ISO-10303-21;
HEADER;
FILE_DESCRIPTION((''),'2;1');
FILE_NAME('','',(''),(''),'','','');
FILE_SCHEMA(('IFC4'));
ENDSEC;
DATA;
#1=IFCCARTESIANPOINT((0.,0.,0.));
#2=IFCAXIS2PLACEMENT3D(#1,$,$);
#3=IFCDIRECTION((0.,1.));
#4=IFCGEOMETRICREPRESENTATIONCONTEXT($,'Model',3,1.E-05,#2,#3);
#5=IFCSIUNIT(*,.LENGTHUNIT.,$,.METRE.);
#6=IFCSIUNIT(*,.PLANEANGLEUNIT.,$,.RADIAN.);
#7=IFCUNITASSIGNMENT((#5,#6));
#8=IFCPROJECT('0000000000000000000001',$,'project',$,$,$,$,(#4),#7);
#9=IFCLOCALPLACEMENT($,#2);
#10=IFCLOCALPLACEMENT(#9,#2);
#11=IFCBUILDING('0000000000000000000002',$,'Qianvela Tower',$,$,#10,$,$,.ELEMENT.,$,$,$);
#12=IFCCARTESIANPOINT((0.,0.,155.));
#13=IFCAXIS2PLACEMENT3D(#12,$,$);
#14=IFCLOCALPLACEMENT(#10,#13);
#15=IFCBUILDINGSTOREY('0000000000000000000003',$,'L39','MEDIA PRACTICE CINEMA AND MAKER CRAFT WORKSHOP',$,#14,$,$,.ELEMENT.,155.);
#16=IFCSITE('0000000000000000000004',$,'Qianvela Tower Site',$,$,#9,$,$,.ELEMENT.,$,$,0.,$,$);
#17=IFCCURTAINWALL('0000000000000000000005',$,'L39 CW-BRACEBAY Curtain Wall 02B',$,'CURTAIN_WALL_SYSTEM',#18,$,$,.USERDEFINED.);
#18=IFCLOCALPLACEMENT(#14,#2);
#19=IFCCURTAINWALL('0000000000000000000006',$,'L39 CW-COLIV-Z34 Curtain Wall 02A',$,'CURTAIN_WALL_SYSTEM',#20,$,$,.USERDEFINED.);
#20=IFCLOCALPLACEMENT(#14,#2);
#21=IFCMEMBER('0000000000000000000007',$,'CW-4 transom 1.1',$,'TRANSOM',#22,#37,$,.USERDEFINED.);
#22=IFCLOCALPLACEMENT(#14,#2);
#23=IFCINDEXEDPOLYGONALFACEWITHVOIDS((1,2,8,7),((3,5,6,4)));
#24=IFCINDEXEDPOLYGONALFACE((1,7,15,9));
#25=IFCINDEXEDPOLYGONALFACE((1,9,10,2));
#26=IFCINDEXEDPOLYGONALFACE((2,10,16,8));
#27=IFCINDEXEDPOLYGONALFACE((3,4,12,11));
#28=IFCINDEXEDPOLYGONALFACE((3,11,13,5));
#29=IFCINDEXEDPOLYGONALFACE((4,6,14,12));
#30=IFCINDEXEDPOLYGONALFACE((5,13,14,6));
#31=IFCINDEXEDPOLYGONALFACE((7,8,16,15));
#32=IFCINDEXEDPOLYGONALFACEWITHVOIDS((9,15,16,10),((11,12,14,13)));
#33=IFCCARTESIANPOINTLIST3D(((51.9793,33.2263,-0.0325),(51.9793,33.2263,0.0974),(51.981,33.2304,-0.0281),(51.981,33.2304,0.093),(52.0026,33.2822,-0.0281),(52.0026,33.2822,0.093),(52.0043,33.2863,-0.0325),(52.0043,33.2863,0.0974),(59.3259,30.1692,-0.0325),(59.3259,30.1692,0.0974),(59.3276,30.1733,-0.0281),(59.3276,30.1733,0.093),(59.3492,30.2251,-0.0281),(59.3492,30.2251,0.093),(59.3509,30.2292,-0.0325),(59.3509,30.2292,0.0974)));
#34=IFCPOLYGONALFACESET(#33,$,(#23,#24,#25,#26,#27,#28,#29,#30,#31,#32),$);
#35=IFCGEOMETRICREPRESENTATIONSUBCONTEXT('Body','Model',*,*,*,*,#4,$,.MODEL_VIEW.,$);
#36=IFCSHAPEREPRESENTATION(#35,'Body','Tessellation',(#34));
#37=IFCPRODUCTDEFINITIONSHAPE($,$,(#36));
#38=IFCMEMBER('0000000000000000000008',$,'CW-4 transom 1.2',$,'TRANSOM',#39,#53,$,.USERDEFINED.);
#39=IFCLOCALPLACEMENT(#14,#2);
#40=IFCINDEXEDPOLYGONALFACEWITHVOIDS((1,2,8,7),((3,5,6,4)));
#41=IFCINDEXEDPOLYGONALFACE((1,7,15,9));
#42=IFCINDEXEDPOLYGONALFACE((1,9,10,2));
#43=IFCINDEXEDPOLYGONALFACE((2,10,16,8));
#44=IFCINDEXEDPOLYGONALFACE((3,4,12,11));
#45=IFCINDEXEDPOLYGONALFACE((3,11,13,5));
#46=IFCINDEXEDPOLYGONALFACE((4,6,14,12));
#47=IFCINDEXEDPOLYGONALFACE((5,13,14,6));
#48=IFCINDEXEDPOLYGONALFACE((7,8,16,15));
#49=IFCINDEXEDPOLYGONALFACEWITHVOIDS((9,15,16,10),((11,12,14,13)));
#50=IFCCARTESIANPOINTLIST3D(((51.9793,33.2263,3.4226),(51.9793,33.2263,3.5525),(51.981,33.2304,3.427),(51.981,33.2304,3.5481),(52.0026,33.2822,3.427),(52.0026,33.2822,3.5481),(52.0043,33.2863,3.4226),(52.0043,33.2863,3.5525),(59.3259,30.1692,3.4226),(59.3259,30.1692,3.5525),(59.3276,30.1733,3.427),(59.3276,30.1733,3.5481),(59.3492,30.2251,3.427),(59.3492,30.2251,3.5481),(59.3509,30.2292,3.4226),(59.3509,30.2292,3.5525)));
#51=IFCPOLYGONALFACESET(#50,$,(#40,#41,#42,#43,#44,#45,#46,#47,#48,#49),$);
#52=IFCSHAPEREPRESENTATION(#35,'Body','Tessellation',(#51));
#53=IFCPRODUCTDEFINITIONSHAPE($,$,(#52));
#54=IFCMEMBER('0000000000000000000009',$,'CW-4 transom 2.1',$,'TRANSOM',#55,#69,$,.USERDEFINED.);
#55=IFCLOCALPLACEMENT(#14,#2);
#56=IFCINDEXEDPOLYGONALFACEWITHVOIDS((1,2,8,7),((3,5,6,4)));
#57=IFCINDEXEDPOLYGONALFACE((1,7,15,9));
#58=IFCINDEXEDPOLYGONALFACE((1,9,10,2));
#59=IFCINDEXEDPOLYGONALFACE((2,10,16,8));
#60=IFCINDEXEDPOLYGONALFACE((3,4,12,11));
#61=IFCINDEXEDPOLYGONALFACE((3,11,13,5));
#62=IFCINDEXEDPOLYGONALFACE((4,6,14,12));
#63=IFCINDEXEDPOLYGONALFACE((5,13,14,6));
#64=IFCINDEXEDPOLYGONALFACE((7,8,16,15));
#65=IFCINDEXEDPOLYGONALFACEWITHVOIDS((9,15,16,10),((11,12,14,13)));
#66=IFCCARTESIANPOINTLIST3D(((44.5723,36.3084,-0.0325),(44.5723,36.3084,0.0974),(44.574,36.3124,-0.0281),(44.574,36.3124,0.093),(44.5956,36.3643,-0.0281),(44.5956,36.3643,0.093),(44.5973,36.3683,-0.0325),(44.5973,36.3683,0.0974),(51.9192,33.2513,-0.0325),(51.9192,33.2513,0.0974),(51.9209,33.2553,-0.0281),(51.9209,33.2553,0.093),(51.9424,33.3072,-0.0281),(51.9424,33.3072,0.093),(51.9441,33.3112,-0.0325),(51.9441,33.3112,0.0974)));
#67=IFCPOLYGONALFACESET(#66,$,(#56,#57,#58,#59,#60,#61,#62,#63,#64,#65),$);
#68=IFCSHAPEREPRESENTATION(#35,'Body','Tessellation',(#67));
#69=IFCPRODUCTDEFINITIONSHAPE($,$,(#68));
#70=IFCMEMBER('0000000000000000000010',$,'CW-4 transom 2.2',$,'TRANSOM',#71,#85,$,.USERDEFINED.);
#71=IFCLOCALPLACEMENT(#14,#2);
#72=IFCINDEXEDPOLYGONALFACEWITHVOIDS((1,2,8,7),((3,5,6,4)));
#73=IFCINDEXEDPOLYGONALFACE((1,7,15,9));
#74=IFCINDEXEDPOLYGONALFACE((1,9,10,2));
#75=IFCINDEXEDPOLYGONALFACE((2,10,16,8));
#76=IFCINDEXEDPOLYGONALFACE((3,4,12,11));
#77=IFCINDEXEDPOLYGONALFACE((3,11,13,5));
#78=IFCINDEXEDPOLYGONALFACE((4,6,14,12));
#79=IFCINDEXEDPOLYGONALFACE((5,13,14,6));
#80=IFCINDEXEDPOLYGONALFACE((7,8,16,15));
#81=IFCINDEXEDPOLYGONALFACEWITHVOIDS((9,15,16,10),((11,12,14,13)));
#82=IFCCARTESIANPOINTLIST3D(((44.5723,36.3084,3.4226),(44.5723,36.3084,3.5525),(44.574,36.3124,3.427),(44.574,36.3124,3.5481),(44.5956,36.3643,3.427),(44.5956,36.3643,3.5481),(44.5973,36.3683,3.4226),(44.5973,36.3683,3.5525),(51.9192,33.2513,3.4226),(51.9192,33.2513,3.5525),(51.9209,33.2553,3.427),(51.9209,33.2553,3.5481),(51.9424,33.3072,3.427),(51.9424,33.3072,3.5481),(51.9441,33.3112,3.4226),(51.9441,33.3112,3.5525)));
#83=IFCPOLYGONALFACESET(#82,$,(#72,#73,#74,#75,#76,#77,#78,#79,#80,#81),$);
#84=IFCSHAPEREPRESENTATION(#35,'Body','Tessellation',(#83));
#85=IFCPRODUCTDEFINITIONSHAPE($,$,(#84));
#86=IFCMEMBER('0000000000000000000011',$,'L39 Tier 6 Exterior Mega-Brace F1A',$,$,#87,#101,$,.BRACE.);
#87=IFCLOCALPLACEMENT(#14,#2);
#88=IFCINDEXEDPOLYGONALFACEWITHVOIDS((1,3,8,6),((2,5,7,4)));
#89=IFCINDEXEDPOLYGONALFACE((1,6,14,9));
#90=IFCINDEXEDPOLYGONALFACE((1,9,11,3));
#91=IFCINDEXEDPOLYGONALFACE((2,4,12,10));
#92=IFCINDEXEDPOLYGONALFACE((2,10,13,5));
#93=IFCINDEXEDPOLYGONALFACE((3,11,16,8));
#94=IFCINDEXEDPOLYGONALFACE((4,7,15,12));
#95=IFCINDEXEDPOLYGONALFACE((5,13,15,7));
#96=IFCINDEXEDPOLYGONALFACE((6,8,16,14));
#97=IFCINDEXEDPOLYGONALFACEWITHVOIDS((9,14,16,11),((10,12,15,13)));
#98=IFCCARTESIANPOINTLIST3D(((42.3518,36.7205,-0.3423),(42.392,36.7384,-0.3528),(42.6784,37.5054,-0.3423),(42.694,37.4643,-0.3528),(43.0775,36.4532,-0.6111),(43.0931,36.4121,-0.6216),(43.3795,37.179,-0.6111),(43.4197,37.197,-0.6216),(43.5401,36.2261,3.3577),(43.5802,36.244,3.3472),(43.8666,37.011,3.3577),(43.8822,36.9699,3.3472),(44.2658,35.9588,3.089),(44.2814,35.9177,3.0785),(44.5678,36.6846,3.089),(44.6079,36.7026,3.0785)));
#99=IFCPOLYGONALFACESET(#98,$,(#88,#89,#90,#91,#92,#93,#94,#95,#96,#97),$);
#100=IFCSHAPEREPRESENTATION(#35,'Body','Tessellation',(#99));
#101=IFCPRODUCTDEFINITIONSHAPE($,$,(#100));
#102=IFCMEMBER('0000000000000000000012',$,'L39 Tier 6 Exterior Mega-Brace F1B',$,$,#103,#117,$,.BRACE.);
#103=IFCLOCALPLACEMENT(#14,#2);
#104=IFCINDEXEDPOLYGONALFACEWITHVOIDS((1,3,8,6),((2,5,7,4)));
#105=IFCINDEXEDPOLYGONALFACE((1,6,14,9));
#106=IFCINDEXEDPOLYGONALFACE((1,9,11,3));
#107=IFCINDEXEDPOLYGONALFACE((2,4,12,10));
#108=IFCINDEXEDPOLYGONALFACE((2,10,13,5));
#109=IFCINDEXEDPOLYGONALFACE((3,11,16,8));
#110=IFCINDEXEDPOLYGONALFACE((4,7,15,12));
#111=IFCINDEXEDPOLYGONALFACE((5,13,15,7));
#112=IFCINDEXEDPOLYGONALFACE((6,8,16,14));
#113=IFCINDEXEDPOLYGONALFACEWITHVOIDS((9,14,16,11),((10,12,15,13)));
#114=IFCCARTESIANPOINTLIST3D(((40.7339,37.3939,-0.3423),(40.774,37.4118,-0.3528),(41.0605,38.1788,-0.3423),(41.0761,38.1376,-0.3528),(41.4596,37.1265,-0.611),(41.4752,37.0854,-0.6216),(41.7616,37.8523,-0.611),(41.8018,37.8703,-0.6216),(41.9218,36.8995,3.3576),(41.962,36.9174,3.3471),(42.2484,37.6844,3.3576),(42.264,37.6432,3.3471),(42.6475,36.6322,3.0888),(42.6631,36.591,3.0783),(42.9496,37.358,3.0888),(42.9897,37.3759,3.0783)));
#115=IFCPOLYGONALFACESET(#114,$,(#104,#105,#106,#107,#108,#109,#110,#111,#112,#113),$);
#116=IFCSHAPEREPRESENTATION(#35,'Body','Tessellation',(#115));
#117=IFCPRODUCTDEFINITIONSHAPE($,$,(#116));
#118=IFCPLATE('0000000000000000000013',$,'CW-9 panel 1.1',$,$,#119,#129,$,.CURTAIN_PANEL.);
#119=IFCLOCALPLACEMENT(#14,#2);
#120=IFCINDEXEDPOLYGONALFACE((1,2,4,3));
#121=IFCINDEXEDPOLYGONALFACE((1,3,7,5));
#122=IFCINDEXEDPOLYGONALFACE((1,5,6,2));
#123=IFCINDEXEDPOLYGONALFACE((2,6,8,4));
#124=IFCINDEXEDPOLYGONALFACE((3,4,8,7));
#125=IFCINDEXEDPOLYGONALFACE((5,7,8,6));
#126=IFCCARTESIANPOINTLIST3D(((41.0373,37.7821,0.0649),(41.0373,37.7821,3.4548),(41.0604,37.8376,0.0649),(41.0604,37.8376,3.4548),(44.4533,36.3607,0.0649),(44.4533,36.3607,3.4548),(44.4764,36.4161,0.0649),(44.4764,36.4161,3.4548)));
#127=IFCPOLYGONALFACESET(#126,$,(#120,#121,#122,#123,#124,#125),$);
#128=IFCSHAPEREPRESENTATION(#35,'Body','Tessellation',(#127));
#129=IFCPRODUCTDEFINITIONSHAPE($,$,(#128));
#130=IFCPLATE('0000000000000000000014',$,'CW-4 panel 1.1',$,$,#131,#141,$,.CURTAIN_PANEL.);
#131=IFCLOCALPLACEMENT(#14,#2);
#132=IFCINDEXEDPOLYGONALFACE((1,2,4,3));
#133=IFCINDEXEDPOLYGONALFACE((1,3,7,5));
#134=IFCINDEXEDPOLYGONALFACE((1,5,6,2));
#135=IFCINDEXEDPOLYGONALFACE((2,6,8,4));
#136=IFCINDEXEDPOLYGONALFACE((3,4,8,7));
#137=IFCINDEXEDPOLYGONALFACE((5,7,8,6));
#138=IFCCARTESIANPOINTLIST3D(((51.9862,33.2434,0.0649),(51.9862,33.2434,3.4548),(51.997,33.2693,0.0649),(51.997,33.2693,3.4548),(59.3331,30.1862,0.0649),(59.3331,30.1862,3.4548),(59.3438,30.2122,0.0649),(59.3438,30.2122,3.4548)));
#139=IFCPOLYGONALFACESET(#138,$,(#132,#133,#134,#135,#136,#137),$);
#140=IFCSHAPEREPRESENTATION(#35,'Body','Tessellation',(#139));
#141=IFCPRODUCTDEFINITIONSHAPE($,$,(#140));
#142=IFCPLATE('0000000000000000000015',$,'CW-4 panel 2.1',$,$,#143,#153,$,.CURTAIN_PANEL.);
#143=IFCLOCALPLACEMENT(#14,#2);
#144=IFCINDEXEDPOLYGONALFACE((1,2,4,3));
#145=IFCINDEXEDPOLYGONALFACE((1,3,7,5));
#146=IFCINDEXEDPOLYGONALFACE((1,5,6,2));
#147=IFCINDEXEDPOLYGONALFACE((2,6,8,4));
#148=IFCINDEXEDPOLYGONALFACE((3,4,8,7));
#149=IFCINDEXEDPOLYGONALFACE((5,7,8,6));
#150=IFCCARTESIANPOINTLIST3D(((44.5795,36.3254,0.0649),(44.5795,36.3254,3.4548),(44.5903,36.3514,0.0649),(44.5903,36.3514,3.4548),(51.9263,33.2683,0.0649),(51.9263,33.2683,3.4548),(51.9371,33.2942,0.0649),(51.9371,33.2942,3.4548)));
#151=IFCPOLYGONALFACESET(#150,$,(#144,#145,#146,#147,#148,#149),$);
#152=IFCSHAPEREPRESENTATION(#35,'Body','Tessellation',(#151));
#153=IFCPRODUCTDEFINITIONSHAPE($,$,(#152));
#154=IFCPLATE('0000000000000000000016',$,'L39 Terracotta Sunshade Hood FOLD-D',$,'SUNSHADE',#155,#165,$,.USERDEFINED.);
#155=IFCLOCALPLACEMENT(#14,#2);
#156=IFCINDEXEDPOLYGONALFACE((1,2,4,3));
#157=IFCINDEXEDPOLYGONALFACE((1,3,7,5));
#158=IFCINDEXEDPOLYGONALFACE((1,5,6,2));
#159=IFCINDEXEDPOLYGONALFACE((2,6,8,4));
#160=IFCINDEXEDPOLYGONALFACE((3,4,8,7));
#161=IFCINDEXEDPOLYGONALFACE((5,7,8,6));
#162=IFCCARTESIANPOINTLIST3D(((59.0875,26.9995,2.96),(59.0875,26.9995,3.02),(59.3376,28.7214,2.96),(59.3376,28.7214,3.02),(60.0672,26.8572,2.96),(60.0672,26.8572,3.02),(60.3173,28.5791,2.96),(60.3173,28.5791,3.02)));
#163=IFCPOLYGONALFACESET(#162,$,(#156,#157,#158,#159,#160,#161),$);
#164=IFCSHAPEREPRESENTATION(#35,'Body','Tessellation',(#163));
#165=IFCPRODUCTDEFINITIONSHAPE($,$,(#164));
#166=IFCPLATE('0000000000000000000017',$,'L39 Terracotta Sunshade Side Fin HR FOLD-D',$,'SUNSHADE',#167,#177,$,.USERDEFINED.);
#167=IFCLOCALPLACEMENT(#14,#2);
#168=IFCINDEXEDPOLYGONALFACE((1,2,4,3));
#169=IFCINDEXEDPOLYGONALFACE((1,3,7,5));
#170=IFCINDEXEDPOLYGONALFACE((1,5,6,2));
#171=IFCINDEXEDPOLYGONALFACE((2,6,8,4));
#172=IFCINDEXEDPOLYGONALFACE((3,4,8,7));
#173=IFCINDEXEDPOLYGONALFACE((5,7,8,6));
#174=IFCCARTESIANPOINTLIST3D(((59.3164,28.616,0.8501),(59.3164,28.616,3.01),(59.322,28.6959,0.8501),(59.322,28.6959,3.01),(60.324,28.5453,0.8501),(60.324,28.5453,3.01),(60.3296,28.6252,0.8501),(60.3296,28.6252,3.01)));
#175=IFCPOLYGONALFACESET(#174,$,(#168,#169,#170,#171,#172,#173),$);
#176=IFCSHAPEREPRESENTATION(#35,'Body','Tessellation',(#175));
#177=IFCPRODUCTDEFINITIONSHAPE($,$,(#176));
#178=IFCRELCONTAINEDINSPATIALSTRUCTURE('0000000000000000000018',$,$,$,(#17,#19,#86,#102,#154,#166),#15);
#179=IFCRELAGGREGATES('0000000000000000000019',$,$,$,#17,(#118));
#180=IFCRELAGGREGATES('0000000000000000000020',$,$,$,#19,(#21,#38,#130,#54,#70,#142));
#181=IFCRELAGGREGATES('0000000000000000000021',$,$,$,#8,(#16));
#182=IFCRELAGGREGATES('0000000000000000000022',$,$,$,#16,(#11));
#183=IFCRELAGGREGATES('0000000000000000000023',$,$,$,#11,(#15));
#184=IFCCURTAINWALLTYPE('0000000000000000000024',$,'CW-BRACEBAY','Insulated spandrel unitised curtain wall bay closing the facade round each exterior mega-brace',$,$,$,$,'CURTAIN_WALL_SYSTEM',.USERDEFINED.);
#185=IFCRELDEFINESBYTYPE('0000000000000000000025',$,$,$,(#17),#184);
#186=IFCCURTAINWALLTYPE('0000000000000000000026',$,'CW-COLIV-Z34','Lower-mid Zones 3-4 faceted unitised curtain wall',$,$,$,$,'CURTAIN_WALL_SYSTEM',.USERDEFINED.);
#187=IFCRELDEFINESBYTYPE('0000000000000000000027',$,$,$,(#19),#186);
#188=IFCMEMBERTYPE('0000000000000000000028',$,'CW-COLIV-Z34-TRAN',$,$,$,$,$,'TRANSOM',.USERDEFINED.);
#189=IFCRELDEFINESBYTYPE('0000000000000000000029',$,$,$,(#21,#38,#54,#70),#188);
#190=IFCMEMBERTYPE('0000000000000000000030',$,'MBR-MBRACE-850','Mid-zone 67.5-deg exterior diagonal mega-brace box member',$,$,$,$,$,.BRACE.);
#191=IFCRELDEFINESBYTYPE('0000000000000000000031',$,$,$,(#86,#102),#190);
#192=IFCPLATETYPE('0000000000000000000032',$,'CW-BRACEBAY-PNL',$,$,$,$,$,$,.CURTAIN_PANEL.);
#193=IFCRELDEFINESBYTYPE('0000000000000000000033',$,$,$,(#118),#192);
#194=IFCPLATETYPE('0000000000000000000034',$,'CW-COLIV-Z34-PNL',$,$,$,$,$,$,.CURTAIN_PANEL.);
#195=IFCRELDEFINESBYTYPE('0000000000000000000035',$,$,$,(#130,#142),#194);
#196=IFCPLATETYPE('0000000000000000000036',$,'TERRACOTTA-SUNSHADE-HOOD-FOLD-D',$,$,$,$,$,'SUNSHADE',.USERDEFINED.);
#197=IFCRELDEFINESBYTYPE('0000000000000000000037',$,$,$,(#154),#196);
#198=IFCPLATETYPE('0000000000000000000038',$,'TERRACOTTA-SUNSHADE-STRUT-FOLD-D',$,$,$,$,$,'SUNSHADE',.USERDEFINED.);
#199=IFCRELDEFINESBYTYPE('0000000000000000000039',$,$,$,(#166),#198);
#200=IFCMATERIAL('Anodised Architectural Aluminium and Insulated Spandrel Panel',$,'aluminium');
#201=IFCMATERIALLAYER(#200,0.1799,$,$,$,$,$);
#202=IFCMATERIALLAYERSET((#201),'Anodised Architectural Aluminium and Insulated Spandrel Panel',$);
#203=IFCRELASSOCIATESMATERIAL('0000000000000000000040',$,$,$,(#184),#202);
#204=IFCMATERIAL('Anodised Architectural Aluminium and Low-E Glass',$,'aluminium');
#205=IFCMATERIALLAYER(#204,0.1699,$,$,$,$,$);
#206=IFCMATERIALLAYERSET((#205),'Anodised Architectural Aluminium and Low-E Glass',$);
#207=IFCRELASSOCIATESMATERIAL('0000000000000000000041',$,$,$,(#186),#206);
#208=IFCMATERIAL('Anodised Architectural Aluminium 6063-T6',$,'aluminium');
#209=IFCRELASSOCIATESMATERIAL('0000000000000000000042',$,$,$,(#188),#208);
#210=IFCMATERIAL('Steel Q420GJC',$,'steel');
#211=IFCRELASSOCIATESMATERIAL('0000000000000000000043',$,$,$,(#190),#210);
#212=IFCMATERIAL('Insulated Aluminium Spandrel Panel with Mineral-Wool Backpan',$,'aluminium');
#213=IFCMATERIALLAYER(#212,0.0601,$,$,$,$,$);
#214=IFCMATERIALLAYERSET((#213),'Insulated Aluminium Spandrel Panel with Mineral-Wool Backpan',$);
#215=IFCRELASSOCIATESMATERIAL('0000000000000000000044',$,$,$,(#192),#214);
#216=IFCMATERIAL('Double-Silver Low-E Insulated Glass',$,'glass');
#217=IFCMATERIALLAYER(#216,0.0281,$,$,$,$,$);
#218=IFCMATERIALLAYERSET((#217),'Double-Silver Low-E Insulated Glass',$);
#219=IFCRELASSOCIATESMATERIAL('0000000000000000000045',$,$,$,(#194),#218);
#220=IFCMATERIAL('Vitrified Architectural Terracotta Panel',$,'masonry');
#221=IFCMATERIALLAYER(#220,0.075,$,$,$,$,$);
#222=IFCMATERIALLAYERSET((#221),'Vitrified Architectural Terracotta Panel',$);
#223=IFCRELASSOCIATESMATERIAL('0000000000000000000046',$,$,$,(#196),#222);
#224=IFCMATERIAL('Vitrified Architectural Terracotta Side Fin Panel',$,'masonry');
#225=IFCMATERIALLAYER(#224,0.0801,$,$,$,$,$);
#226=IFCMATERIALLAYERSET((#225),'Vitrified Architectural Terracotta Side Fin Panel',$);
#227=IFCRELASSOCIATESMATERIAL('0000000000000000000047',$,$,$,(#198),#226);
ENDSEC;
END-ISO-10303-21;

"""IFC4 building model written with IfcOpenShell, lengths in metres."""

from ifc_helpers import new_model, si_unit, direction, frame, origin, origin_2d, place, context, subcontext, project, spatial, rectangle, hollow_rectangle, extrude, material, layer, layer_set, material_profile, profile_set, type_object, element, aggregate, save


model = new_model("IFC4")

# Units and contexts
model_context = context("Model", 3, precision=1e-05, world=origin(), true_north=direction((0.0, 1.0)))
body_context = subcontext(model_context, "Body", "Model", "MODEL_VIEW")
ifc_project = project(units=[si_unit("LENGTHUNIT", "METRE"), si_unit("PLANEANGLEUNIT", "RADIAN")], contexts=[model_context])

# Site, building, storey
site_placement = place(None, origin())
site = spatial("IfcSite", under=ifc_project, at=site_placement, Name="Qianvela Tower Site", CompositionType="ELEMENT", RefElevation=0.0)
building_placement = place(site_placement, origin())
building = spatial("IfcBuilding", under=site, at=building_placement, Name="Qianvela Tower", CompositionType="ELEMENT")
storey_placement = place(building_placement, frame((0.0, 0.0, 155.0)))
storey = spatial("IfcBuildingStorey", under=building, at=storey_placement, Name="L39", Description="MEDIA PRACTICE CINEMA AND MAKER CRAFT WORKSHOP", CompositionType="ELEMENT", Elevation=155.0)

# Curtain walls, members
ifc_material_1 = material(Name="Anodised Architectural Aluminium and Insulated Spandrel Panel", Category="aluminium")
ifc_layer_1 = layer(ifc_material_1, 0.1799)
ifc_layer_set_1 = layer_set([ifc_layer_1], Name="Anodised Architectural Aluminium and Insulated Spandrel Panel")
curtain_wall_type_1 = type_object("IfcCurtainWallType", Name="CW-BRACEBAY", Description="Insulated spandrel unitised curtain wall bay closing the facade round each exterior mega-brace", ElementType="CURTAIN_WALL_SYSTEM", PredefinedType="USERDEFINED", material=ifc_layer_set_1)
curtain_wall_1_placement = place(storey_placement, origin())
curtain_wall_1 = element("IfcCurtainWall", 1, at=curtain_wall_1_placement, inside=storey, type_object=curtain_wall_type_1, Name="L39 CW-BRACEBAY Curtain Wall 02B", ObjectType="CURTAIN_WALL_SYSTEM", PredefinedType="USERDEFINED")
ifc_material_2 = material(Name="Anodised Architectural Aluminium and Low-E Glass", Category="aluminium")
ifc_layer_2 = layer(ifc_material_2, 0.1699)
ifc_layer_set_2 = layer_set([ifc_layer_2], Name="Anodised Architectural Aluminium and Low-E Glass")
curtain_wall_type_2 = type_object("IfcCurtainWallType", Name="CW-COLIV-Z34", Description="Lower-mid Zones 3-4 faceted unitised curtain wall", ElementType="CURTAIN_WALL_SYSTEM", PredefinedType="USERDEFINED", material=ifc_layer_set_2)
curtain_wall_2_placement = place(storey_placement, origin())
curtain_wall_2 = element("IfcCurtainWall", 2, at=curtain_wall_2_placement, inside=storey, type_object=curtain_wall_type_2, Name="L39 CW-COLIV-Z34 Curtain Wall 02A", ObjectType="CURTAIN_WALL_SYSTEM", PredefinedType="USERDEFINED")
ifc_material_3 = material(Name="Anodised Architectural Aluminium 6063-T6", Category="aluminium")
ifc_material_profile_1 = material_profile(ifc_material_3, hollow_rectangle(XDim=0.0649, YDim=0.1299, WallThickness=0.0044, at=origin_2d()), Name="ALU-TRAN-65x130")
ifc_profile_set_1 = profile_set([ifc_material_profile_1], Name="Anodised Architectural Aluminium 6063-T6")
member_type_1 = type_object("IfcMemberType", Name="CW-COLIV-Z34-TRAN", ElementType="TRANSOM", PredefinedType="USERDEFINED", material=ifc_profile_set_1)
member_1_placement = place(storey_placement, frame((59.3384, 30.1992, 0.0325), z_axis=(-0.923255, 0.384188, 0.0), x_axis=(-0.384188, -0.923255, 0.0)))
member_1 = element("IfcMember", 3, at=member_1_placement, type_object=member_type_1, Name="CW-4 transom 1.1", ObjectType="TRANSOM", PredefinedType="USERDEFINED", context=body_context, shape_type="SweptSolid", body=[
    extrude(hollow_rectangle(XDim=0.0649, YDim=0.1299, WallThickness=0.0044, at=origin_2d()), origin(), (0.0, 0.0, 1.0), 7.9573),
])
member_2_placement = place(storey_placement, frame((59.3384, 30.1992, 3.4875), z_axis=(-0.923255, 0.384188, 0.0), x_axis=(-0.384188, -0.923255, 0.0)))
member_2 = element("IfcMember", 4, at=member_2_placement, type_object=member_type_1, Name="CW-4 transom 1.2", ObjectType="TRANSOM", PredefinedType="USERDEFINED", context=body_context, shape_type="SweptSolid", body=[
    extrude(hollow_rectangle(XDim=0.0649, YDim=0.1299, WallThickness=0.0044, at=origin_2d()), origin(), (0.0, 0.0, 1.0), 7.9573),
])
member_3_placement = place(storey_placement, frame((51.9316, 33.2812, 0.0325), z_axis=(-0.923259, 0.384177, 0.0), x_axis=(-0.384177, -0.923259, 0.0)))
member_3 = element("IfcMember", 5, at=member_3_placement, type_object=member_type_1, Name="CW-4 transom 2.1", ObjectType="TRANSOM", PredefinedType="USERDEFINED", context=body_context, shape_type="SweptSolid", body=[
    extrude(hollow_rectangle(XDim=0.0649, YDim=0.1299, WallThickness=0.0044, at=origin_2d()), origin(), (0.0, 0.0, 1.0), 7.9575),
])
member_4_placement = place(storey_placement, frame((51.9316, 33.2812, 3.4875), z_axis=(-0.923259, 0.384177, 0.0), x_axis=(-0.384177, -0.923259, 0.0)))
member_4 = element("IfcMember", 6, at=member_4_placement, type_object=member_type_1, Name="CW-4 transom 2.2", ObjectType="TRANSOM", PredefinedType="USERDEFINED", context=body_context, shape_type="SweptSolid", body=[
    extrude(hollow_rectangle(XDim=0.0649, YDim=0.1299, WallThickness=0.0044, at=origin_2d()), origin(), (0.0, 0.0, 1.0), 7.9575),
])

# Members
ifc_material_4 = material(Name="Steel Q420GJC", Category="steel")
ifc_material_profile_2 = material_profile(ifc_material_4, hollow_rectangle(XDim=0.8501, YDim=0.8501, WallThickness=0.032, at=origin_2d()), Name="MBOX-850x850x32")
ifc_profile_set_2 = profile_set([ifc_material_profile_2], Name="Steel Q420GJC")
member_type_2 = type_object("IfcMemberType", Name="MBR-MBRACE-850", Description="Mid-zone 67.5-deg exterior diagonal mega-brace box member", PredefinedType="BRACE", material=ifc_profile_set_2)
member_5_placement = place(storey_placement, frame((42.8857, 36.9587, -0.4819), z_axis=(0.303322, -0.126203, 0.944494), x_axis=(0.384144, 0.923273, 0.0)))
element("IfcMember", 7, at=member_5_placement, inside=storey, type_object=member_type_2, Name="L39 Tier 6 Exterior Mega-Brace F1A", PredefinedType="BRACE", context=body_context, shape_type="SweptSolid", body=[
    extrude(hollow_rectangle(XDim=0.8501, YDim=0.8501, WallThickness=0.032, at=origin_2d()), origin(), (0.0, 0.0, 1.0), 3.9175),
])
member_6_placement = place(storey_placement, frame((41.2678, 37.6321, -0.4819), z_axis=(0.303266, -0.126205, 0.944512), x_axis=(0.384211, 0.923245, 0.0)))
element("IfcMember", 8, at=member_6_placement, inside=storey, type_object=member_type_2, Name="L39 Tier 6 Exterior Mega-Brace F1B", PredefinedType="BRACE", context=body_context, shape_type="SweptSolid", body=[
    extrude(hollow_rectangle(XDim=0.8501, YDim=0.8501, WallThickness=0.032, at=origin_2d()), origin(), (0.0, 0.0, 1.0), 3.9172),
])

# Plates
ifc_material_5 = material(Name="Insulated Aluminium Spandrel Panel with Mineral-Wool Backpan", Category="aluminium")
ifc_layer_3 = layer(ifc_material_5, 0.0601)
ifc_layer_set_3 = layer_set([ifc_layer_3], Name="Insulated Aluminium Spandrel Panel with Mineral-Wool Backpan")
plate_type_1 = type_object("IfcPlateType", Name="CW-BRACEBAY-PNL", PredefinedType="CURTAIN_PANEL", material=ifc_layer_set_3)
plate_1_placement = place(storey_placement, frame((42.7568, 37.0991, 0.0649), z_axis=(0.0, 0.0, 1.0), x_axis=(-0.92326, 0.384176, 0.0)))
plate_1 = element("IfcPlate", 9, at=plate_1_placement, type_object=plate_type_1, Name="CW-9 panel 1.1", PredefinedType="CURTAIN_PANEL", context=body_context, shape_type="SweptSolid", body=[
    extrude(rectangle(XDim=3.7, YDim=0.0601, at=origin_2d()), origin(), (0.0, 0.0, 1.0), 3.3899),
])
aggregate(curtain_wall_1, [plate_1])
ifc_material_6 = material(Name="Double-Silver Low-E Insulated Glass", Category="glass")
ifc_layer_4 = layer(ifc_material_6, 0.0281)
ifc_layer_set_4 = layer_set([ifc_layer_4], Name="Double-Silver Low-E Insulated Glass")
plate_type_2 = type_object("IfcPlateType", Name="CW-COLIV-Z34-PNL", PredefinedType="CURTAIN_PANEL", material=ifc_layer_set_4)
plate_2_placement = place(storey_placement, frame((55.665, 31.7278, 0.0649), z_axis=(0.0, 0.0, 1.0), x_axis=(-0.923256, 0.384185, 0.0)))
plate_2 = element("IfcPlate", 10, at=plate_2_placement, type_object=plate_type_2, Name="CW-4 panel 1.1", PredefinedType="CURTAIN_PANEL", context=body_context, shape_type="SweptSolid", body=[
    extrude(rectangle(XDim=7.9575, YDim=0.0281, at=origin_2d()), origin(), (0.0, 0.0, 1.0), 3.3899),
])
plate_3_placement = place(storey_placement, frame((48.2583, 34.8098, 0.0649), z_axis=(0.0, 0.0, 1.0), x_axis=(-0.923256, 0.384185, 0.0)))
plate_3 = element("IfcPlate", 11, at=plate_3_placement, type_object=plate_type_2, Name="CW-4 panel 2.1", PredefinedType="CURTAIN_PANEL", context=body_context, shape_type="SweptSolid", body=[
    extrude(rectangle(XDim=7.9575, YDim=0.0281, at=origin_2d()), origin(), (0.0, 0.0, 1.0), 3.3899),
])
aggregate(curtain_wall_2, [member_1, member_2, plate_2, member_3, member_4, plate_3])

# Plates
ifc_material_7 = material(Name="Vitrified Architectural Terracotta Panel", Category="masonry")
ifc_layer_5 = layer(ifc_material_7, 0.075)
ifc_layer_set_5 = layer_set([ifc_layer_5], Name="Vitrified Architectural Terracotta Panel")
plate_type_3 = type_object("IfcPlateType", Name="TERRACOTTA-SUNSHADE-HOOD-FOLD-D", ElementType="SUNSHADE", PredefinedType="USERDEFINED", material=ifc_layer_set_5)
plate_4_placement = place(storey_placement, frame((59.7024, 27.7893, 2.96), z_axis=(0.0, 0.0, 1.0), x_axis=(0.143729, 0.989617, 0.0)))
element("IfcPlate", 12, at=plate_4_placement, inside=storey, type_object=plate_type_3, Name="L39 Terracotta Sunshade Hood FOLD-D", ObjectType="SUNSHADE", PredefinedType="USERDEFINED", context=body_context, shape_type="SweptSolid", body=[
    extrude(rectangle(XDim=1.74, YDim=0.99, at=origin_2d()), origin(), (0.0, 0.0, 1.0), 0.0601),
])
ifc_material_8 = material(Name="Vitrified Architectural Terracotta Side Fin Panel", Category="masonry")
ifc_layer_6 = layer(ifc_material_8, 0.0801)
ifc_layer_set_6 = layer_set([ifc_layer_6], Name="Vitrified Architectural Terracotta Side Fin Panel")
plate_type_4 = type_object("IfcPlateType", Name="TERRACOTTA-SUNSHADE-STRUT-FOLD-D", ElementType="SUNSHADE", PredefinedType="USERDEFINED", material=ifc_layer_set_6)
plate_5_placement = place(storey_placement, frame((59.823, 28.6206, 0.8501), z_axis=(0.0, 0.0, 1.0), x_axis=(0.069995, 0.997547, 0.0)))
element("IfcPlate", 13, at=plate_5_placement, inside=storey, type_object=plate_type_4, Name="L39 Terracotta Sunshade Side Fin HR FOLD-D", ObjectType="SUNSHADE", PredefinedType="USERDEFINED", context=body_context, shape_type="SweptSolid", body=[
    extrude(rectangle(XDim=0.0801, YDim=1.01, at=origin_2d()), origin(), (0.0, 0.0, 1.0), 2.1599),
])

save(model, "model.ifc")
